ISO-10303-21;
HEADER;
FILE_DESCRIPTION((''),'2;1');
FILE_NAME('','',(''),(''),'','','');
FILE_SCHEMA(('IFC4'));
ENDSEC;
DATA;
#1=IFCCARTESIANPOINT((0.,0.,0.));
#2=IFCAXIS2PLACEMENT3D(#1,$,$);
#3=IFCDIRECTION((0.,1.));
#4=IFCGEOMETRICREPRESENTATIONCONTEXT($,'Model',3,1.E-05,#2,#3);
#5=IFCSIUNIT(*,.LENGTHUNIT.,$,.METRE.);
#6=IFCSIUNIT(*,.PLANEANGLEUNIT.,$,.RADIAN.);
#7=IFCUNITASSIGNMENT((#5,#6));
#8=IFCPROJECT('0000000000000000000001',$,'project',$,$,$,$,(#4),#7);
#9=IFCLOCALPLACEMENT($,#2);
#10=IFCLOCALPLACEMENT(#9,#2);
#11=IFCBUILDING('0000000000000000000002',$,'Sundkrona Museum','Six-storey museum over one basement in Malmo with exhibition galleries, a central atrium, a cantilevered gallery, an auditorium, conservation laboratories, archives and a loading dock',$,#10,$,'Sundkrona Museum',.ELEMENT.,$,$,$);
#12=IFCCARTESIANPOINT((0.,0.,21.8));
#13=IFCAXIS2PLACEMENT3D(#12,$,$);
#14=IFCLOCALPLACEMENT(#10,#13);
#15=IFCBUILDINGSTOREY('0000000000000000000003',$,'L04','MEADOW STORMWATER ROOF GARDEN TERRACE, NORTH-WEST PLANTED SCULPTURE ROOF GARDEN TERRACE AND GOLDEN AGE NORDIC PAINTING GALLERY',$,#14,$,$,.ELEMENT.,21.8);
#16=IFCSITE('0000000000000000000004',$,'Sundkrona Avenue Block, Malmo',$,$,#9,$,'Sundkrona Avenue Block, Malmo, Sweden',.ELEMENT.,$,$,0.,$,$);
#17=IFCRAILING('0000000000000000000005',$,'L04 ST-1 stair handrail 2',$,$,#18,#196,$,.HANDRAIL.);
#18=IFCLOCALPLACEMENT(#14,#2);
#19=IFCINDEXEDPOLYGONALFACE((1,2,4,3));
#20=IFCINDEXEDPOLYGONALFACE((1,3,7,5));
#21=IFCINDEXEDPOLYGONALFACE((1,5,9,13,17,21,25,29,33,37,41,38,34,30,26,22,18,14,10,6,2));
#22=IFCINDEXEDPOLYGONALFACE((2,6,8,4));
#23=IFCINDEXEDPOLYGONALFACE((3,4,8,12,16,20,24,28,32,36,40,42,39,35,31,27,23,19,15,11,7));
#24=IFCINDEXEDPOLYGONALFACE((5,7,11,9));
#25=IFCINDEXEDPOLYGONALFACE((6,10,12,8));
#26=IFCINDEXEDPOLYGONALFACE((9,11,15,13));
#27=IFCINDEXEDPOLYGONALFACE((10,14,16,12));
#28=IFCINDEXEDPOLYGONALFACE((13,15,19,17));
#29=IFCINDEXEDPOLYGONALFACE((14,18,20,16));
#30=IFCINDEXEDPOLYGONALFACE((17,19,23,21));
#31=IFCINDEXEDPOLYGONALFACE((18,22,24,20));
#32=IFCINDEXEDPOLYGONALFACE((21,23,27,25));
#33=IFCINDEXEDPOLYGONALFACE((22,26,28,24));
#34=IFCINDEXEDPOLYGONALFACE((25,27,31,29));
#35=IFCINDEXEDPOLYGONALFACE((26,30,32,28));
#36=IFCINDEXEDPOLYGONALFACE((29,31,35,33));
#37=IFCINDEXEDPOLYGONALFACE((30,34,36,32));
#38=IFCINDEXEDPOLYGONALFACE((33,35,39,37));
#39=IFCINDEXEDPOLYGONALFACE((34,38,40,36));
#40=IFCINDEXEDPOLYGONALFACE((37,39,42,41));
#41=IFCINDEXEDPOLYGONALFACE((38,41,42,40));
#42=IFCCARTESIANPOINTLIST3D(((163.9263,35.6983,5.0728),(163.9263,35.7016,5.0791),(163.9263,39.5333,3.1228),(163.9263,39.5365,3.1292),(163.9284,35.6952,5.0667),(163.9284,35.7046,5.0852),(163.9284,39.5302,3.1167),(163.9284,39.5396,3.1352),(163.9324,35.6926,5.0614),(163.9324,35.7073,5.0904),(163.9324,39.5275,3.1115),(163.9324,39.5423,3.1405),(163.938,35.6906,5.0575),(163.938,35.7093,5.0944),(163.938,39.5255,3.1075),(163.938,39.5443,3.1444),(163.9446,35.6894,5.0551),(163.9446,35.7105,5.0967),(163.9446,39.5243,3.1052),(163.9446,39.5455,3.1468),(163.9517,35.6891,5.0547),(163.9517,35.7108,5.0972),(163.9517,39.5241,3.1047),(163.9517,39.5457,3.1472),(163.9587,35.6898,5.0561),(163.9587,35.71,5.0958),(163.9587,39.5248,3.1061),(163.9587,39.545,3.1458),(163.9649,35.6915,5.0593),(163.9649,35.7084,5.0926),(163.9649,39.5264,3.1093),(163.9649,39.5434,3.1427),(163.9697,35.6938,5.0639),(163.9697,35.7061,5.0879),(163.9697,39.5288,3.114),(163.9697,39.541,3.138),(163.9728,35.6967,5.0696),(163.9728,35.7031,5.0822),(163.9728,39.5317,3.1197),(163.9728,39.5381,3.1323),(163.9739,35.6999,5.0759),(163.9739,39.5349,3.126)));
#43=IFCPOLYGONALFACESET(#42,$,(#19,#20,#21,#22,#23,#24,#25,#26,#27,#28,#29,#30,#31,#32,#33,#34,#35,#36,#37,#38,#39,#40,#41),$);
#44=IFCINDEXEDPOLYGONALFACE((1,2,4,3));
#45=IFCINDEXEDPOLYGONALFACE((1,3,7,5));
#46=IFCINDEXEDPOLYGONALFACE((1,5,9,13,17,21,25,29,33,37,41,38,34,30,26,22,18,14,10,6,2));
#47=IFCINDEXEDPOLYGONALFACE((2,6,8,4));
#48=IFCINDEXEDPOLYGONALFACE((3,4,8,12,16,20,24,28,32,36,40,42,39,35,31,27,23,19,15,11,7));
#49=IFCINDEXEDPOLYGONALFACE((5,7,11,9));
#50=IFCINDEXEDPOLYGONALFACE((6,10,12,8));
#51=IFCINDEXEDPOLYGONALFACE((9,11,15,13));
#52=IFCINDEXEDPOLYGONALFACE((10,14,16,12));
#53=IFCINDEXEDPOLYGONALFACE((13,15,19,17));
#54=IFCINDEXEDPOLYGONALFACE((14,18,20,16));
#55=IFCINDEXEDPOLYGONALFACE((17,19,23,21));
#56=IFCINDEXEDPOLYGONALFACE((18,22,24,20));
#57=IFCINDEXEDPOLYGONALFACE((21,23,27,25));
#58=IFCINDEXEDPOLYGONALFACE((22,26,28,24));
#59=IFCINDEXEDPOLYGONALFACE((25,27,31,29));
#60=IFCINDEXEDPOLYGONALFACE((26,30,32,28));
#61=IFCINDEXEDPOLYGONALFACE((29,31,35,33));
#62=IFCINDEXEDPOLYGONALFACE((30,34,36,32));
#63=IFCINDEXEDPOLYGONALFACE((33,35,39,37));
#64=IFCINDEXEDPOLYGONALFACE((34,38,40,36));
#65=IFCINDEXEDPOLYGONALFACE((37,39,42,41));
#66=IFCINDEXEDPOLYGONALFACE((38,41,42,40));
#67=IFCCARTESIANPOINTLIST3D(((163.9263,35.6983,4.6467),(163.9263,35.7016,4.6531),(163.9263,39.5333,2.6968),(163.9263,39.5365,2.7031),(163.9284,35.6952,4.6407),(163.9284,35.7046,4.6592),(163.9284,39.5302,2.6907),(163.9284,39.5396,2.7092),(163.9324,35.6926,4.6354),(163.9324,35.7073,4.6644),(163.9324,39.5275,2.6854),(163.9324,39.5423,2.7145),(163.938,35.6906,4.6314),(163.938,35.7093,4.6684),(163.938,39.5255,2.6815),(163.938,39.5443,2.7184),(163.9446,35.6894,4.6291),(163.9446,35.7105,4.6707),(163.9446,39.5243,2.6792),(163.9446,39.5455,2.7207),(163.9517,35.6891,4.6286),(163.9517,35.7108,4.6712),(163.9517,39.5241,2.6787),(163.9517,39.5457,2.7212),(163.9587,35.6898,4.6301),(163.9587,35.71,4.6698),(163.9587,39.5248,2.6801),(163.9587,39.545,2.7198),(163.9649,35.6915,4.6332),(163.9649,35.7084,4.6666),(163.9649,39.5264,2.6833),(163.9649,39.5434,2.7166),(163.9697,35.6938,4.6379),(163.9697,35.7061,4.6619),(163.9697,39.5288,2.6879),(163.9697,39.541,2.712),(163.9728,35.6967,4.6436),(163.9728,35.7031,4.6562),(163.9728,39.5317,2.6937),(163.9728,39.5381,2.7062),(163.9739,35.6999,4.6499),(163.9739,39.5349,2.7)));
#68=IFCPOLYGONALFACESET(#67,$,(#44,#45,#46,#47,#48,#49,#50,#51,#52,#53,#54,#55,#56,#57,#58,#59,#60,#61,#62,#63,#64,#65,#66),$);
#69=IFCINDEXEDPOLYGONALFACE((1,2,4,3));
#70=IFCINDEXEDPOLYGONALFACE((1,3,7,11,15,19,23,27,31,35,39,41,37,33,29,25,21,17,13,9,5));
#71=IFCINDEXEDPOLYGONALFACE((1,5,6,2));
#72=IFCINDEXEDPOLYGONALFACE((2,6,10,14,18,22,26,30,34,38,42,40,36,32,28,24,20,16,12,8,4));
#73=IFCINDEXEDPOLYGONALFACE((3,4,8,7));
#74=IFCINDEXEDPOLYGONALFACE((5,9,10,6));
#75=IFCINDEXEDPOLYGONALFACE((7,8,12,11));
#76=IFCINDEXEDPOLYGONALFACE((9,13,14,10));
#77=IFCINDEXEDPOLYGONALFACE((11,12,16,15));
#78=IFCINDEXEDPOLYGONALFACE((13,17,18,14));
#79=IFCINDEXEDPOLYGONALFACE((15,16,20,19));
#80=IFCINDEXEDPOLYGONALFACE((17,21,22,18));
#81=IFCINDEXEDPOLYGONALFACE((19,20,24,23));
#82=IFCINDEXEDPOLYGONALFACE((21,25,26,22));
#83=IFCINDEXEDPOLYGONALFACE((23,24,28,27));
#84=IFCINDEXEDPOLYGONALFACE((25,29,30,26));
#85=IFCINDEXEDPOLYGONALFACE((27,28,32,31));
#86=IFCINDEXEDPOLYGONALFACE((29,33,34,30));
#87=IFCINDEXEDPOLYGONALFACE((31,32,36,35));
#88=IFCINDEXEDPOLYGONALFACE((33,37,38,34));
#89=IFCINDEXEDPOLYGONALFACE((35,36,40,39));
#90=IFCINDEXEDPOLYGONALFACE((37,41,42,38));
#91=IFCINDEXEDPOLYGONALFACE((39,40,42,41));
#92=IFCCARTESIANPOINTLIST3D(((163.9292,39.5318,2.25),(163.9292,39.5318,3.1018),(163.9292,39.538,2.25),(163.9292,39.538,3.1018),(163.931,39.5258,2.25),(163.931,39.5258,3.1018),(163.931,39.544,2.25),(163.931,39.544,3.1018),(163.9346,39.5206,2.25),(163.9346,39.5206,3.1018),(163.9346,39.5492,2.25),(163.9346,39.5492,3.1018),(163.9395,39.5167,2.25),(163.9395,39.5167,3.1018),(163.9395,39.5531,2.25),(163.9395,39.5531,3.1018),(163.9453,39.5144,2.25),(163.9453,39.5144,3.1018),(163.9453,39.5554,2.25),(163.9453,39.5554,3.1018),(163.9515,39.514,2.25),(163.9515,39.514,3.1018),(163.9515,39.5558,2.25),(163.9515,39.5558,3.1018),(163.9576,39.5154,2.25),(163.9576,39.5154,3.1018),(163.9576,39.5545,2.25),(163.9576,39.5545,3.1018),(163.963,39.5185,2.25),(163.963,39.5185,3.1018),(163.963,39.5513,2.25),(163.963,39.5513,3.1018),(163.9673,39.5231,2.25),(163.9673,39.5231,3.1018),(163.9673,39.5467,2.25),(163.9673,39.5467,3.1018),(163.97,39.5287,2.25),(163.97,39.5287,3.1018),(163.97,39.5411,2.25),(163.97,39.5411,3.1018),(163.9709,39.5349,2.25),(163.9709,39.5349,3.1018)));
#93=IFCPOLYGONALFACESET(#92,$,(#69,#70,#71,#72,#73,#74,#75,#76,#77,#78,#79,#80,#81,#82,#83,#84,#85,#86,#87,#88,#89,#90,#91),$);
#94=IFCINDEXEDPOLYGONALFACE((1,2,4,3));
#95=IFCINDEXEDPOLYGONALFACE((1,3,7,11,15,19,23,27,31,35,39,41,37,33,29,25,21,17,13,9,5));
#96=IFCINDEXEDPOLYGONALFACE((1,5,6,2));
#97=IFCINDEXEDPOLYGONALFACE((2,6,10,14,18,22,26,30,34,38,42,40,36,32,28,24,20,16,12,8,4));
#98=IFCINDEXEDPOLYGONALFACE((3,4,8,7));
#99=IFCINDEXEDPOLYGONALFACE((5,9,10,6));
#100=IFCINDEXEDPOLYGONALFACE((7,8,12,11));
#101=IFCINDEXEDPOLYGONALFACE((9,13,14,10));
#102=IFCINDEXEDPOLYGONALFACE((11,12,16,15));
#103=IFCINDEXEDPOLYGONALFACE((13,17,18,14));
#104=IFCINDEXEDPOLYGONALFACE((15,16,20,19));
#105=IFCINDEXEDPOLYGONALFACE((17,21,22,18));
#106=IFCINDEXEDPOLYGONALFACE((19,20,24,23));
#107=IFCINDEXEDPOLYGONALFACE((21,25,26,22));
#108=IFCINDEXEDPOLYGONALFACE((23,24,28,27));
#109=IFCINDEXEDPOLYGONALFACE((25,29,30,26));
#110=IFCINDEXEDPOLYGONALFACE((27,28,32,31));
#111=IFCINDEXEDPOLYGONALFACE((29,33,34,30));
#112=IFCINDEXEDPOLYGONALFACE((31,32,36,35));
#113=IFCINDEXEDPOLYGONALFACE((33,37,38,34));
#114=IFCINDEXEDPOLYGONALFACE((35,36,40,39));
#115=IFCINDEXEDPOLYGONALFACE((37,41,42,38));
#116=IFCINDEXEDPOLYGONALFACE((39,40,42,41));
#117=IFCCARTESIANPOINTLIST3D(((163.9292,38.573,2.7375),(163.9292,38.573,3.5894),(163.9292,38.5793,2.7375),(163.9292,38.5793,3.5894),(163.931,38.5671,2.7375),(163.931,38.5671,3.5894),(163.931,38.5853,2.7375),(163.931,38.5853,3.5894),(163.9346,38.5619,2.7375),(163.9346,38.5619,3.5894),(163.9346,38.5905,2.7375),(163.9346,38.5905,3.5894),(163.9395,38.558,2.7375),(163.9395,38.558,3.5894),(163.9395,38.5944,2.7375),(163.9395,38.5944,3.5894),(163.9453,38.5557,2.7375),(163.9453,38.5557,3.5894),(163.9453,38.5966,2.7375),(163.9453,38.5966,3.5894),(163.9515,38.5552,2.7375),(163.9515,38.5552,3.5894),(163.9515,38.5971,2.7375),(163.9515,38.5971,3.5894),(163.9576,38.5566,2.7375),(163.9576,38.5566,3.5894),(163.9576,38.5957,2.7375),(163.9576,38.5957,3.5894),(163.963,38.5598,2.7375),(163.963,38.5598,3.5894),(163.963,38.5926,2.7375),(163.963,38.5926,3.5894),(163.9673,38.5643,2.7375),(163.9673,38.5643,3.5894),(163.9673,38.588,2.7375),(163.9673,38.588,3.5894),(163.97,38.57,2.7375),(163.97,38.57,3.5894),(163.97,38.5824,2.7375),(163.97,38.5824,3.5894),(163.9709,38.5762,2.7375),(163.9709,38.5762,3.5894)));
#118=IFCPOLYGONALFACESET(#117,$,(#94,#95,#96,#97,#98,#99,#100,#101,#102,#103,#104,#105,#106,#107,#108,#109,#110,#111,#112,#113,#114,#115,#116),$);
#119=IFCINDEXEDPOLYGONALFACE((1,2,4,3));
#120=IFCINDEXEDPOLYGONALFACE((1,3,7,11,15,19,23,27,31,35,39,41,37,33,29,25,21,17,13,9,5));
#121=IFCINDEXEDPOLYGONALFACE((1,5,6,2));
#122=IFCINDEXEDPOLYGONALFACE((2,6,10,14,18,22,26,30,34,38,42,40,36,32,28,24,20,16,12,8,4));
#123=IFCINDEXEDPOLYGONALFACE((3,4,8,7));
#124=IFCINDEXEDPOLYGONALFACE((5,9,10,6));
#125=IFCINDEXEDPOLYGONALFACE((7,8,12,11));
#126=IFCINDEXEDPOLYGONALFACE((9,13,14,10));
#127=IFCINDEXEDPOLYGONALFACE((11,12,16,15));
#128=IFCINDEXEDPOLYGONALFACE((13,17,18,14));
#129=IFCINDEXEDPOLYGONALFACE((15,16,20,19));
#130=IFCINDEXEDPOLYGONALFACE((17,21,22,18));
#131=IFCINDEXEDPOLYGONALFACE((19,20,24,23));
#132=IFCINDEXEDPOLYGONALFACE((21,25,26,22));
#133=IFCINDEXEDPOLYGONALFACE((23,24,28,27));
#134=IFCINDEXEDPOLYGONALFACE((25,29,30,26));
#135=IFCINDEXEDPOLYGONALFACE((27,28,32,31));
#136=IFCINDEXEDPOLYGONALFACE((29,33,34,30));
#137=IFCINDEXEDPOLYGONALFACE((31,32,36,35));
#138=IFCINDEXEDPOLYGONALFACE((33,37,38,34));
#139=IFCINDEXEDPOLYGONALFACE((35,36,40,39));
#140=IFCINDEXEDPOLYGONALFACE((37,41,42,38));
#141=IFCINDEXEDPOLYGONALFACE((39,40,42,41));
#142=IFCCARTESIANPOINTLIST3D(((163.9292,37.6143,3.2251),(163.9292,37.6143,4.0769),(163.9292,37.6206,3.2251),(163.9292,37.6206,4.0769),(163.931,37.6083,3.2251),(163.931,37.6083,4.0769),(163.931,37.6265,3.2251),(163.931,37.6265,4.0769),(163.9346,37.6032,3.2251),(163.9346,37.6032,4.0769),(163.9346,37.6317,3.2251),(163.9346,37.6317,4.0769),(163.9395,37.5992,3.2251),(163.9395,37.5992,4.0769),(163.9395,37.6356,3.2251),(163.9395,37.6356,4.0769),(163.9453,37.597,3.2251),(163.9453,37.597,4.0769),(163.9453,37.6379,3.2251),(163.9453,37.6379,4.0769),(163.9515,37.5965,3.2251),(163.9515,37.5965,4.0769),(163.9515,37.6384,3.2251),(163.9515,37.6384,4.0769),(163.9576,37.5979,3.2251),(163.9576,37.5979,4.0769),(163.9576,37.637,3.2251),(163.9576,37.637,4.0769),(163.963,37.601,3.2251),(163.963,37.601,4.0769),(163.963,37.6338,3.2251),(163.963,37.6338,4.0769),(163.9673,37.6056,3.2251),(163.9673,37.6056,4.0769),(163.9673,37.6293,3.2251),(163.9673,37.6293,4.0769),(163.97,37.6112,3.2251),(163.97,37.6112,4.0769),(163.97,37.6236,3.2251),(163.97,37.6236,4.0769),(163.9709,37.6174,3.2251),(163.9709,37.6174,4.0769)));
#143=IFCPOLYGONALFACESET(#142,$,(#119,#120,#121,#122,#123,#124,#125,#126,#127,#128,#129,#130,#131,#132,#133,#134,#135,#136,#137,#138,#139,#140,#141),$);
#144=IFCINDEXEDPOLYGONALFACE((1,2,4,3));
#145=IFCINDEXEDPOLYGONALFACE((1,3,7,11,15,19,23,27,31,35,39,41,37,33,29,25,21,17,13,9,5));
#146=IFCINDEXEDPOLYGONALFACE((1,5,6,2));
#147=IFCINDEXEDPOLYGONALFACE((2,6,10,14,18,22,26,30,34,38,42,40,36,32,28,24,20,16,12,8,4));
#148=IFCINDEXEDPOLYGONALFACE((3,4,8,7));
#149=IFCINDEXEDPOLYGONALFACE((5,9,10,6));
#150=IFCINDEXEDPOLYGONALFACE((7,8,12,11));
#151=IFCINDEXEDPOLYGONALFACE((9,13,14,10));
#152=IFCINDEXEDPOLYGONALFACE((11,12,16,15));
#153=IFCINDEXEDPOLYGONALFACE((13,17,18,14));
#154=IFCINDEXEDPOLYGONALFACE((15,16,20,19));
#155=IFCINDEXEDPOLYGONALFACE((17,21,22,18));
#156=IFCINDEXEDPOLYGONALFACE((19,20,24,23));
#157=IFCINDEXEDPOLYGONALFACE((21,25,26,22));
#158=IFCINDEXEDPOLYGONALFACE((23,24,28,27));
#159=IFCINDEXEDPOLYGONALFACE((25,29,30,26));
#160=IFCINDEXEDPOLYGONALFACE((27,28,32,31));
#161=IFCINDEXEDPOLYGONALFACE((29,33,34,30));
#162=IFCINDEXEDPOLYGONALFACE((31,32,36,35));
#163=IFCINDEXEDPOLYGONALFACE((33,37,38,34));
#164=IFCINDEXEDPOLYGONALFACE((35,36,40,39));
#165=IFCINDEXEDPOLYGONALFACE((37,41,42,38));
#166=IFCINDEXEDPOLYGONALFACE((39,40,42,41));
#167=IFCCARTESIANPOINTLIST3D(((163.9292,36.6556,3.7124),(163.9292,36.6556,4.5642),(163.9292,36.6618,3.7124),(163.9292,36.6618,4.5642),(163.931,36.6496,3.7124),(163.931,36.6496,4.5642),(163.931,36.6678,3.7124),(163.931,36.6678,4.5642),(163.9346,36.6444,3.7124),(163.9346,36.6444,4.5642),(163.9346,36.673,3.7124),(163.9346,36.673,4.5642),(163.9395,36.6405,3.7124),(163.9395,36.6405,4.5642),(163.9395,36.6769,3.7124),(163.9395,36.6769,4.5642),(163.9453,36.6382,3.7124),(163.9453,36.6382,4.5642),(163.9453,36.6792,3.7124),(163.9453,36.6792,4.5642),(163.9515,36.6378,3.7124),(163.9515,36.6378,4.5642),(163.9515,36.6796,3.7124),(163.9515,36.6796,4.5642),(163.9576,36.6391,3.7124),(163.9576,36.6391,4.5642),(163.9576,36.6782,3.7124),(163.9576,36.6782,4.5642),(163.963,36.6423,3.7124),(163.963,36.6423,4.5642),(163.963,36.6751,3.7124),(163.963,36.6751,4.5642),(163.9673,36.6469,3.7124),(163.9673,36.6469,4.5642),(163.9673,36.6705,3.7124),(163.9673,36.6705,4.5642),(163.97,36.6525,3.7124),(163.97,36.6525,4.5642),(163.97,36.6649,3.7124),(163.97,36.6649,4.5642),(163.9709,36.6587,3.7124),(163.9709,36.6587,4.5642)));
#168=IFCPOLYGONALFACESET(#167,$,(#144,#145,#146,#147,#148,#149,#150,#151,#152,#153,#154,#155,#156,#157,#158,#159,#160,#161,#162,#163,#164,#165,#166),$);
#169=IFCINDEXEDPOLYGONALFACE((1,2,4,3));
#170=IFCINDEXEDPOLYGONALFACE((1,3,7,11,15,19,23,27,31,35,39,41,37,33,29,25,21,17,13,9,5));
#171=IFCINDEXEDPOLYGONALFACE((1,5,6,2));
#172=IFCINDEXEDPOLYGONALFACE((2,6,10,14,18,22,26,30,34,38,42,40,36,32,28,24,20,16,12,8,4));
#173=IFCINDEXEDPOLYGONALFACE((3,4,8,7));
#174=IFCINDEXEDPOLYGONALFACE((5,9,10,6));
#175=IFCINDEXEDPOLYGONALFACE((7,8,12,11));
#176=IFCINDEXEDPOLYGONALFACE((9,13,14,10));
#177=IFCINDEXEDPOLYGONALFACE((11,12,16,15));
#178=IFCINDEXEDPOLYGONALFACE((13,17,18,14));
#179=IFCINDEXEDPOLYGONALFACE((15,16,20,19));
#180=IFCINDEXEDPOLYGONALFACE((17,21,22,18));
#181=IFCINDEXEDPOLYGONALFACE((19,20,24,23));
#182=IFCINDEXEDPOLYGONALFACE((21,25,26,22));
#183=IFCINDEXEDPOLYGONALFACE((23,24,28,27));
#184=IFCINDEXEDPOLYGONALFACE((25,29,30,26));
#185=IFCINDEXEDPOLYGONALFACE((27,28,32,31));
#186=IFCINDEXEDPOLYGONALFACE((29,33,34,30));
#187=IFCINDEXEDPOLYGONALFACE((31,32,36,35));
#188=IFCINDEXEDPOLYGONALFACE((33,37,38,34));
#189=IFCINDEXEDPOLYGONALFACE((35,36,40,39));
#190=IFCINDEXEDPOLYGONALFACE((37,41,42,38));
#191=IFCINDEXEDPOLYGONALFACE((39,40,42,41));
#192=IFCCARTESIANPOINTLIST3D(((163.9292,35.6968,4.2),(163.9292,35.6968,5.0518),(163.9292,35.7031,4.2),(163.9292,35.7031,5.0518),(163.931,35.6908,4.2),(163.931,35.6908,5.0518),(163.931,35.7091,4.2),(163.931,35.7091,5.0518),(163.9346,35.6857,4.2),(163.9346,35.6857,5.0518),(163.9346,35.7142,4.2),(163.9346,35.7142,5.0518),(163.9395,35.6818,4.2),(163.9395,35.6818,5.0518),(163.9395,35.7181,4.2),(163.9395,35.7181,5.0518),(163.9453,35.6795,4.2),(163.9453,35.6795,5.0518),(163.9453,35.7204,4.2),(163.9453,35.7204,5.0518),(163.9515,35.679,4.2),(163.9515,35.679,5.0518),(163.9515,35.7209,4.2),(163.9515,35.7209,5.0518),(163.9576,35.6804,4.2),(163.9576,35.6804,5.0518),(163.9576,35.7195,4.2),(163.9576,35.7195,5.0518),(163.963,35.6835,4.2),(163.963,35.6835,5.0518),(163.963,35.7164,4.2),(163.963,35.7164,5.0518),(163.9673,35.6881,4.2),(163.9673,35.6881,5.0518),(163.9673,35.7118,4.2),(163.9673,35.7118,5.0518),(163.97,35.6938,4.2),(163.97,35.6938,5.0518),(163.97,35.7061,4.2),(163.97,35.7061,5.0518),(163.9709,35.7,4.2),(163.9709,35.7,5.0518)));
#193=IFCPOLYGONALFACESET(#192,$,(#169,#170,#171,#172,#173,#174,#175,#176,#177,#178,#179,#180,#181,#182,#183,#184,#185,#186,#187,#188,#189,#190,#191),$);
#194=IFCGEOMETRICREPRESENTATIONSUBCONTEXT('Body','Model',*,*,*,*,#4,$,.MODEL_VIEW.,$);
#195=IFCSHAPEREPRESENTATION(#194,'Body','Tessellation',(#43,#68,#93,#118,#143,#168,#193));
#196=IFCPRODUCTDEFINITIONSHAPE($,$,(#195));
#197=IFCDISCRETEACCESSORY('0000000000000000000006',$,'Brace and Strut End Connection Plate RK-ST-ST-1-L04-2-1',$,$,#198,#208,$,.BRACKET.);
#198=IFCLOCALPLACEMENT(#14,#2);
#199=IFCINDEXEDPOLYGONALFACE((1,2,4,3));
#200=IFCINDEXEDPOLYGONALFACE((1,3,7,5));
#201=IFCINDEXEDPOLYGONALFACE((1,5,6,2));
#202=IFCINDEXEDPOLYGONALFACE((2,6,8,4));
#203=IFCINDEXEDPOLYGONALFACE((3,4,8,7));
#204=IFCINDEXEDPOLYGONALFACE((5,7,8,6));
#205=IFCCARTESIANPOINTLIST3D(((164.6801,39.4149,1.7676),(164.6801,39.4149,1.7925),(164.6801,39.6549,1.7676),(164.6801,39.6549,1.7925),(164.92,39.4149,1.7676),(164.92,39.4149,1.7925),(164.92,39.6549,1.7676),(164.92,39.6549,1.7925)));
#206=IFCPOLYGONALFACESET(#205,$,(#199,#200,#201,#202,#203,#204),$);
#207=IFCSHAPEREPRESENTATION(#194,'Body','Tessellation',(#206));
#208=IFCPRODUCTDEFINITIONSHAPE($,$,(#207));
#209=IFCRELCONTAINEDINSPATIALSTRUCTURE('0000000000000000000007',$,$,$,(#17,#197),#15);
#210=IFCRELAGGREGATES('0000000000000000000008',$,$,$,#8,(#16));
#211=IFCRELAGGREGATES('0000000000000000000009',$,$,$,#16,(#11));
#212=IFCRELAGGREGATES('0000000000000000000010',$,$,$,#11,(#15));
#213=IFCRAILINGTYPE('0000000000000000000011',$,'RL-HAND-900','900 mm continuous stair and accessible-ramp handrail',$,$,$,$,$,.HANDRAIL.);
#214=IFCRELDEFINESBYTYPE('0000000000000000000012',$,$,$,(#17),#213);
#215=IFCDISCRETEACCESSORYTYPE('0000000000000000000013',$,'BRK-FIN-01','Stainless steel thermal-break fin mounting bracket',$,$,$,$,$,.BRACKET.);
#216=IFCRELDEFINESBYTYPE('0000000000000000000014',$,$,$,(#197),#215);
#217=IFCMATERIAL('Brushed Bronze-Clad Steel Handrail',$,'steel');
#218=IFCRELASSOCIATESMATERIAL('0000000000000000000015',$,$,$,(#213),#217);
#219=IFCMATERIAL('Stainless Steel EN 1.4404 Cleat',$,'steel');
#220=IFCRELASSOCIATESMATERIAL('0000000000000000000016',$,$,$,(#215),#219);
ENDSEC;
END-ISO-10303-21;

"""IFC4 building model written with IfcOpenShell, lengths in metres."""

from ifc_helpers import new_model, si_unit, direction, frame, origin, origin_2d, place, context, subcontext, project, spatial, rectangle, circle, extrude, material, type_object, element, save


model = new_model("IFC4")

# Units and contexts
model_context = context("Model", 3, precision=1e-05, world=origin(), true_north=direction((0.0, 1.0)))
body_context = subcontext(model_context, "Body", "Model", "MODEL_VIEW")
ifc_project = project(units=[si_unit("LENGTHUNIT", "METRE"), si_unit("PLANEANGLEUNIT", "RADIAN")], contexts=[model_context])

# Site, building, storey
site_placement = place(None, origin())
site = spatial("IfcSite", under=ifc_project, at=site_placement, Name="Sundkrona Avenue Block, Malmo", LongName="Sundkrona Avenue Block, Malmo, Sweden", CompositionType="ELEMENT", RefElevation=0.0)
building_placement = place(site_placement, origin())
building = spatial("IfcBuilding", under=site, at=building_placement, Name="Sundkrona Museum", Description="Six-storey museum over one basement in Malmo with exhibition galleries, a central atrium, a cantilevered gallery, an auditorium, conservation laboratories, archives and a loading dock", LongName="Sundkrona Museum", CompositionType="ELEMENT")
storey_placement = place(building_placement, frame((0.0, 0.0, 21.8)))
storey = spatial("IfcBuildingStorey", under=building, at=storey_placement, Name="L04", Description="MEADOW STORMWATER ROOF GARDEN TERRACE, NORTH-WEST PLANTED SCULPTURE ROOF GARDEN TERRACE AND GOLDEN AGE NORDIC PAINTING GALLERY", CompositionType="ELEMENT", Elevation=21.8)

# Railing
ifc_material_1 = material(Name="Brushed Bronze-Clad Steel Handrail", Category="steel")
railing_type_1 = type_object("IfcRailingType", Name="RL-HAND-900", Description="900 mm continuous stair and accessible-ramp handrail", PredefinedType="HANDRAIL", material=ifc_material_1)
railing_1_placement = place(storey_placement, frame((163.95, 39.5349, 2.25)))
element("IfcRailing", 1, at=railing_1_placement, inside=storey, type_object=railing_type_1, Name="L04 ST-1 stair handrail 2", PredefinedType="HANDRAIL", context=body_context, shape_type="SweptSolid", body=[
    extrude(circle(Radius=0.0239, at=origin_2d()), frame((0.0, 0.0, 0.876), z_axis=(0.0, -0.891388, 0.453241), x_axis=(1.0, 0.0, 0.0)), (0.0, 0.0, 1.0), 4.3022),
    extrude(circle(Radius=0.0239, at=origin_2d()), frame((0.0, 0.0, 0.45), z_axis=(0.0, -0.891388, 0.453241), x_axis=(1.0, 0.0, 0.0)), (0.0, 0.0, 1.0), 4.3022),
    extrude(circle(Radius=0.021, at=origin_2d()), origin(), (0.0, 0.0, 1.0), 0.8518),
    extrude(circle(Radius=0.021, at=origin_2d()), frame((0.0, -0.9587, 0.4875)), (0.0, 0.0, 1.0), 0.8518),
    extrude(circle(Radius=0.021, at=origin_2d()), frame((0.0, -1.9175, 0.9751)), (0.0, 0.0, 1.0), 0.8518),
    extrude(circle(Radius=0.021, at=origin_2d()), frame((0.0, -2.8762, 1.4624)), (0.0, 0.0, 1.0), 0.8518),
    extrude(circle(Radius=0.021, at=origin_2d()), frame((0.0, -3.835, 1.95)), (0.0, 0.0, 1.0), 0.8518),
])

# Discrete accessory
ifc_material_2 = material(Name="Stainless Steel EN 1.4404 Cleat", Category="steel")
discrete_accessory_type = type_object("IfcDiscreteAccessoryType", Name="BRK-FIN-01", Description="Stainless steel thermal-break fin mounting bracket", PredefinedType="BRACKET", material=ifc_material_2)
for number, where, z_axis, x_axis, name in (
    (2, (164.8, 39.5349, 1.7676), (0.0, 0.0, 1.0), (1.0, 0.0, 0.0), "Brace and Strut End Connection Plate RK-ST-ST-1-L04-2-1"),
):
    element("IfcDiscreteAccessory", number, at=place(storey_placement, frame(where, z_axis=z_axis, x_axis=x_axis)), inside=storey, type_object=discrete_accessory_type, Name=name, PredefinedType="BRACKET", context=body_context, shape_type="SweptSolid", body=[
        extrude(rectangle(XDim=0.24, YDim=0.24, at=origin_2d()), origin(), (0.0, 0.0, 1.0), 0.0249),
    ])

save(model, "model.ifc")
